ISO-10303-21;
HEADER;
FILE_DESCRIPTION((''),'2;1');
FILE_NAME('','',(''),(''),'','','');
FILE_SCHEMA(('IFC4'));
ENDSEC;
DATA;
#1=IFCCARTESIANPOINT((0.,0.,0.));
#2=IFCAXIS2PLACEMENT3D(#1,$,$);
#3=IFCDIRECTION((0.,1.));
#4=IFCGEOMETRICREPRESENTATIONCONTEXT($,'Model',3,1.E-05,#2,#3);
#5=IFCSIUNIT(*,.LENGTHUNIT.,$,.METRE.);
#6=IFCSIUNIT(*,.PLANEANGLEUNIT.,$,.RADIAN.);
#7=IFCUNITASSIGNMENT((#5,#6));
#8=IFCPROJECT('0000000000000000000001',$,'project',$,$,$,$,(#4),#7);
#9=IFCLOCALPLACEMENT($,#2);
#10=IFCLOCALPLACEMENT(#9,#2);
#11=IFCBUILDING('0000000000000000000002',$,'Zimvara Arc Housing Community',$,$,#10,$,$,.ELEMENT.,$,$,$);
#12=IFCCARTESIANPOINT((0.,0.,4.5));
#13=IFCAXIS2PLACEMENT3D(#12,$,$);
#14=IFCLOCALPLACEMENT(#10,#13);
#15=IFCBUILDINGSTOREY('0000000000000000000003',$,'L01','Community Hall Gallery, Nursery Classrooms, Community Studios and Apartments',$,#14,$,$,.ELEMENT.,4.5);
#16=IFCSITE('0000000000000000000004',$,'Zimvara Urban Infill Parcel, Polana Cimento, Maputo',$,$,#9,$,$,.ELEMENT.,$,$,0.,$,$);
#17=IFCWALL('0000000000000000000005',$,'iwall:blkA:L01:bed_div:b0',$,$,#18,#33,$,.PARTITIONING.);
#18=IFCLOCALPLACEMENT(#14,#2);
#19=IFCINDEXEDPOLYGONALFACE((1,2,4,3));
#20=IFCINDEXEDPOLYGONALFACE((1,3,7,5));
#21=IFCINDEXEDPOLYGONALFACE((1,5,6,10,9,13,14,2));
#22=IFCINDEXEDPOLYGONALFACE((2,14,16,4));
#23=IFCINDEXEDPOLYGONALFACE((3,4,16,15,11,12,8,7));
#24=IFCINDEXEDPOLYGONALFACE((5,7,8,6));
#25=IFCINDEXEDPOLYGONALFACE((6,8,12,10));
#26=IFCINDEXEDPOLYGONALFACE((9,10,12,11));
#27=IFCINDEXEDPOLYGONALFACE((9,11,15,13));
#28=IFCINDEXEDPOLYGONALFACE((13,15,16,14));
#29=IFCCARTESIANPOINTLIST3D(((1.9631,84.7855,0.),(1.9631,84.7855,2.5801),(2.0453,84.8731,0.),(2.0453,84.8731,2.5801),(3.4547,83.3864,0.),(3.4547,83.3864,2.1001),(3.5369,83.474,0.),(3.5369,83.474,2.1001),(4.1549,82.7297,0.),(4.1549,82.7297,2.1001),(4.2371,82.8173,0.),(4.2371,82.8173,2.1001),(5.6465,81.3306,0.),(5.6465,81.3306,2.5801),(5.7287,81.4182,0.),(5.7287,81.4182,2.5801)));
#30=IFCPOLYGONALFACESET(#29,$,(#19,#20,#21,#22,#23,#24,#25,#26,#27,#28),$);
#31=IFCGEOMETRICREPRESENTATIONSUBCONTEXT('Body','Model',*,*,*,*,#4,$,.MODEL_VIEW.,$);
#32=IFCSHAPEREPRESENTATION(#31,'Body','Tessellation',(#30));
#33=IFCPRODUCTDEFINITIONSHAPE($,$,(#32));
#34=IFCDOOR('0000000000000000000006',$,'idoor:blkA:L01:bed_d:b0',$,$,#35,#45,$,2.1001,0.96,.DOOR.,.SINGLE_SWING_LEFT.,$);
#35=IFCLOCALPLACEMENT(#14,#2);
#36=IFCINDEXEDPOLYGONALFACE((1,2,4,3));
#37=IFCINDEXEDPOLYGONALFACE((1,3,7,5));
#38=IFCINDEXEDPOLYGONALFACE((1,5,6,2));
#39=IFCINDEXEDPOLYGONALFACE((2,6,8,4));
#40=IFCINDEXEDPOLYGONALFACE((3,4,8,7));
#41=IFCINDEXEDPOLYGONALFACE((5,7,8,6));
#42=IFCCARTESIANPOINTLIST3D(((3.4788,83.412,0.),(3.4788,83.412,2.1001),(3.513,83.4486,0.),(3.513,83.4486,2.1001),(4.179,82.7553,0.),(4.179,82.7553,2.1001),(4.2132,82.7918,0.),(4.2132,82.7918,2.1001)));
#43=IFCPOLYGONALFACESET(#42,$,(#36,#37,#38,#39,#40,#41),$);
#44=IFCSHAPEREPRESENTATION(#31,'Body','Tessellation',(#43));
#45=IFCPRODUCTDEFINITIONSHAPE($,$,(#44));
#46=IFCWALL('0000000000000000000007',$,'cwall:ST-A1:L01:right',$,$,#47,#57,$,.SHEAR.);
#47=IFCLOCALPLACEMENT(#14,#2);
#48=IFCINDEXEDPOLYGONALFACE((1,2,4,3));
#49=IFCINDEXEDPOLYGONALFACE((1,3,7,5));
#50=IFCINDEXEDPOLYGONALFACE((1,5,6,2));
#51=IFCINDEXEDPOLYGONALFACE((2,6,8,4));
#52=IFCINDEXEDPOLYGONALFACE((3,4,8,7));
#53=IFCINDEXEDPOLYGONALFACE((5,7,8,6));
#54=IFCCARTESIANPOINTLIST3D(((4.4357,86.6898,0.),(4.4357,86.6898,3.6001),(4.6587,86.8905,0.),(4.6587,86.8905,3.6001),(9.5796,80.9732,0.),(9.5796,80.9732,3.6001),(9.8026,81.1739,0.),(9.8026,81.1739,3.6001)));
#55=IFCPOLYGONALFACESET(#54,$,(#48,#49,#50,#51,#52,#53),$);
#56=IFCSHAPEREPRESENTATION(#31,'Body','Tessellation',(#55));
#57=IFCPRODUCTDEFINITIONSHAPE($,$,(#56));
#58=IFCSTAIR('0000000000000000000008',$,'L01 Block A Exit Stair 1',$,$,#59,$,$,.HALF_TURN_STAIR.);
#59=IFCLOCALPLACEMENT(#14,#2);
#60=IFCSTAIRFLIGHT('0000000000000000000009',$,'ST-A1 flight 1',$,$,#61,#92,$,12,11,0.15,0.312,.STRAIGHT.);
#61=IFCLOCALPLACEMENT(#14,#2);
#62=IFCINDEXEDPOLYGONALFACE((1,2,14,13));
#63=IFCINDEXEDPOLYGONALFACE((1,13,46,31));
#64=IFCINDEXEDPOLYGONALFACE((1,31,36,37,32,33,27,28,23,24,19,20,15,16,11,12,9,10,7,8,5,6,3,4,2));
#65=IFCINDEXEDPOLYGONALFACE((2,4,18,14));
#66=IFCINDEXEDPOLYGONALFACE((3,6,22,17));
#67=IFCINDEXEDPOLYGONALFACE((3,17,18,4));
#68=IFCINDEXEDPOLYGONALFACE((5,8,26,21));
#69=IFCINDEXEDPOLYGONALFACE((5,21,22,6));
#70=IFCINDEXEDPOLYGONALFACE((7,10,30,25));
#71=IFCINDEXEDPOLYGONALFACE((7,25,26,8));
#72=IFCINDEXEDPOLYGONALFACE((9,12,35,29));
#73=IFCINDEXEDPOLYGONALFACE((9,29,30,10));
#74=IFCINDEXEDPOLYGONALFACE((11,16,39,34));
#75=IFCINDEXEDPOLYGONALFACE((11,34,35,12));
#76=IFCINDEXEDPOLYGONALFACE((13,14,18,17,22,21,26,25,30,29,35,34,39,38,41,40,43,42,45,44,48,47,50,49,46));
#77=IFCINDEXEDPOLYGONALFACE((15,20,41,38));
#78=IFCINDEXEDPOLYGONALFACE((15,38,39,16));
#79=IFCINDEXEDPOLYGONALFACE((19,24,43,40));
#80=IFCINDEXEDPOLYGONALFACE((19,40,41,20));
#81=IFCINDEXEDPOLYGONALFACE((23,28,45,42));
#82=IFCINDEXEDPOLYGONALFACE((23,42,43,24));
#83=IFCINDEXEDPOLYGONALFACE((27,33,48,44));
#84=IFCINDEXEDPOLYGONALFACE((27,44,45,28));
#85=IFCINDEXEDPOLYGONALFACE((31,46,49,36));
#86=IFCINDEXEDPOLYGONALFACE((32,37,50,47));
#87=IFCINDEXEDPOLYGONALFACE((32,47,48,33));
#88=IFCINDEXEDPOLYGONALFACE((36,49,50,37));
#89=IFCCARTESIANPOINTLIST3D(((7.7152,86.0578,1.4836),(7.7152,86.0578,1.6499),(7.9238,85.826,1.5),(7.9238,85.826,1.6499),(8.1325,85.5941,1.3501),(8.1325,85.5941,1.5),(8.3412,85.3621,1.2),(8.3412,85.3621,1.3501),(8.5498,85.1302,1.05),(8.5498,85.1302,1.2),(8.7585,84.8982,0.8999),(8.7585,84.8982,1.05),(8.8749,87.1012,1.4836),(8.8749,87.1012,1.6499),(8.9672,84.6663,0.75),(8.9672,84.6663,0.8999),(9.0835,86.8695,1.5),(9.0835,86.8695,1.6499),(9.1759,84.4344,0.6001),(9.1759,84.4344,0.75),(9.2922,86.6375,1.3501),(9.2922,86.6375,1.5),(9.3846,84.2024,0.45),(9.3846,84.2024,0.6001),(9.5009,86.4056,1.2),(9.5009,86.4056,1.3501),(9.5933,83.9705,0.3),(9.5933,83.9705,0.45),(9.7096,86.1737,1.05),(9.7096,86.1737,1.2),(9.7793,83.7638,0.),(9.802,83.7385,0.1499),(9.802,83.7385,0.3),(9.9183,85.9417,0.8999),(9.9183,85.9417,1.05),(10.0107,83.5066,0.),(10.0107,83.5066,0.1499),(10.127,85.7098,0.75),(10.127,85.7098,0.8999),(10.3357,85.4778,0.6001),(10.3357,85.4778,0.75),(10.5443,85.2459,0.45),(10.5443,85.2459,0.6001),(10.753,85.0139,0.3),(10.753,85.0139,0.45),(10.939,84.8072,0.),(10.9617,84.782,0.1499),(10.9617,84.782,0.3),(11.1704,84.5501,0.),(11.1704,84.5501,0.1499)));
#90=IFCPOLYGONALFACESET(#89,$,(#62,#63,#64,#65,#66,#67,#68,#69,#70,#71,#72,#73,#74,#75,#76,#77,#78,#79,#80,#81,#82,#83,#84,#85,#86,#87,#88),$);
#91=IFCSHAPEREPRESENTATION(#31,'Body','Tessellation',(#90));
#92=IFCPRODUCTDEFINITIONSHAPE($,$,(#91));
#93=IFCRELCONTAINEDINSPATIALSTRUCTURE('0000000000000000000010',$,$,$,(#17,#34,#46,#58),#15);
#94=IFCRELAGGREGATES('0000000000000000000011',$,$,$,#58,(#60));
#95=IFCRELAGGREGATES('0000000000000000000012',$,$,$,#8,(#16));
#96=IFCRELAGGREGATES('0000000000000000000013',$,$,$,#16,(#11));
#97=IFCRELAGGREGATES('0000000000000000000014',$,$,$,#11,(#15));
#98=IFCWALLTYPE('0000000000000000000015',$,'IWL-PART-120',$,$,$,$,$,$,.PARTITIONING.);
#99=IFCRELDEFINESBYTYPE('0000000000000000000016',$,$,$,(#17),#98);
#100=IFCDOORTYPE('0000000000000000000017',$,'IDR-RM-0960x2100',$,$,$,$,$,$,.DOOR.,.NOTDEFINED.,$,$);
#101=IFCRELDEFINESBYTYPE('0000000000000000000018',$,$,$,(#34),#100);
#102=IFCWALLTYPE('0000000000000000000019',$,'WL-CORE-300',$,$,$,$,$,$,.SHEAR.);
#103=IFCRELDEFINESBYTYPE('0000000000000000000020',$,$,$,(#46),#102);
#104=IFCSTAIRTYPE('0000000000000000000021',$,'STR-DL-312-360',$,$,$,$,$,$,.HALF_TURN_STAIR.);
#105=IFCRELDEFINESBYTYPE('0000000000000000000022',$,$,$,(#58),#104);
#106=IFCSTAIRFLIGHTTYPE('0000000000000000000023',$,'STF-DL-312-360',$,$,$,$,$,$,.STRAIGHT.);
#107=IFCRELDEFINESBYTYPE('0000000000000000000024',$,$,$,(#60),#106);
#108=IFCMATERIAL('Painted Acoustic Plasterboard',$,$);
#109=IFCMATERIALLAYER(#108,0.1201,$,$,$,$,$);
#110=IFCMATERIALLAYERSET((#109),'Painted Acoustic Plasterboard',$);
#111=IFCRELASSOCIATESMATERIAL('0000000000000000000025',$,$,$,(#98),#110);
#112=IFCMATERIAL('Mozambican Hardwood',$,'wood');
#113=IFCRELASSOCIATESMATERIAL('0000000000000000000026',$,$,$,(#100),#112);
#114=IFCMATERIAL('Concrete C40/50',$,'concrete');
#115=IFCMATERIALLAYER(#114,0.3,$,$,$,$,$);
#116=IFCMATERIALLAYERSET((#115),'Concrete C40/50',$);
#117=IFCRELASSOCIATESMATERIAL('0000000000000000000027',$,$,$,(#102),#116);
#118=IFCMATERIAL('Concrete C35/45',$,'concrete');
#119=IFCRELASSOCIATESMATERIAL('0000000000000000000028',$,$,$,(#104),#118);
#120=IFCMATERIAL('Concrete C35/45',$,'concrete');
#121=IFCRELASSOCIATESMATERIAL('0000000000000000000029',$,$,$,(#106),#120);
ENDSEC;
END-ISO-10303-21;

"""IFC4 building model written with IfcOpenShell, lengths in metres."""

from ifc_helpers import new_model, si_unit, direction, frame, frame_2d, origin, place, context, subcontext, project, spatial, polyline, rectangle, outline, extrude, material, layer, layer_set, type_object, element, fill, aggregate, save


model = new_model("IFC4")

# Units and contexts
model_context = context("Model", 3, precision=1e-05, world=origin(), true_north=direction((0.0, 1.0)))
body_context = subcontext(model_context, "Body", "Model", "MODEL_VIEW")
ifc_project = project(units=[si_unit("LENGTHUNIT", "METRE"), si_unit("PLANEANGLEUNIT", "RADIAN")], contexts=[model_context])

# Site, building, storey
site_placement = place(None, origin())
site = spatial("IfcSite", under=ifc_project, at=site_placement, Name="Zimvara Urban Infill Parcel, Polana Cimento, Maputo", CompositionType="ELEMENT", RefElevation=0.0)
building_placement = place(site_placement, origin())
building = spatial("IfcBuilding", under=site, at=building_placement, Name="Zimvara Arc Housing Community", CompositionType="ELEMENT")
storey_placement = place(building_placement, frame((0.0, 0.0, 4.5)))
storey = spatial("IfcBuildingStorey", under=building, at=storey_placement, Name="L01", Description="Community Hall Gallery, Nursery Classrooms, Community Studios and Apartments", CompositionType="ELEMENT", Elevation=4.5)

# Wall, opening, door
ifc_material_1 = material(Name="Painted Acoustic Plasterboard")
ifc_layer_1 = layer(ifc_material_1, 0.1201)
ifc_layer_set_1 = layer_set([ifc_layer_1], Name="Painted Acoustic Plasterboard")
wall_type_1 = type_object("IfcWallType", Name="IWL-PART-120", PredefinedType="PARTITIONING", material=ifc_layer_set_1)
wall_1_placement = place(storey_placement, frame((5.6875, 81.3745, 0.0), z_axis=(0.0, 0.0, 1.0), x_axis=(-0.72937, 0.68412, 0.0)))
wall_1 = element("IfcWall", 1, at=wall_1_placement, inside=storey, type_object=wall_type_1, Name="iwall:blkA:L01:bed_div:b0", PredefinedType="PARTITIONING", context=body_context, shape_type="SweptSolid", body=[
    extrude(rectangle(XDim=5.05, YDim=0.1201, at=frame_2d((2.5249, 0.0))), origin(), (0.0, 0.0, 1.0), 2.5801),
])
opening_placement = place(wall_1_placement, frame((2.0449, 0.0, 0.0)))
opening = element("IfcOpeningElement", 2, at=opening_placement, cuts=wall_1, PredefinedType="OPENING", context=body_context, shape_type="SweptSolid", body=[
    extrude(rectangle(XDim=0.96, YDim=2.1001, at=frame_2d((0.48, 1.05))), frame((0.0, 0.0701, 0.0), z_axis=(0.0, -1.0, 0.0), x_axis=(1.0, 0.0, 0.0)), (0.0, 0.0, 1.0), 0.1401),
])
ifc_material_2 = material(Name="Mozambican Hardwood", Category="wood")
door_type = type_object("IfcDoorType", Name="IDR-RM-0960x2100", OperationType="NOTDEFINED", PredefinedType="DOOR", material=ifc_material_2)
door_placement = place(opening_placement, origin())
door = element("IfcDoor", 3, at=door_placement, inside=storey, type_object=door_type, Name="idoor:blkA:L01:bed_d:b0", OperationType="SINGLE_SWING_LEFT", OverallHeight=2.1001, OverallWidth=0.96, PredefinedType="DOOR", context=body_context, shape_type="SweptSolid", body=[
    extrude(rectangle(XDim=0.96, YDim=2.1001, at=frame_2d((0.48, 1.05))), frame((0.0, 0.0249, 0.0), z_axis=(0.0, -1.0, 0.0), x_axis=(1.0, 0.0, 0.0)), (0.0, 0.0, 1.0), 0.05),
])
fill(opening, door)

# Wall
ifc_material_3 = material(Name="Concrete C40/50", Category="concrete")
ifc_layer_2 = layer(ifc_material_3, 0.3)
ifc_layer_set_2 = layer_set([ifc_layer_2], Name="Concrete C40/50")
wall_type_2 = type_object("IfcWallType", Name="WL-CORE-300", PredefinedType="SHEAR", material=ifc_layer_set_2)
wall_2_placement = place(storey_placement, frame((9.6912, 81.0735, 0.0), z_axis=(0.0, 0.0, 1.0), x_axis=(-0.668886, 0.743365, 0.0)))
element("IfcWall", 4, at=wall_2_placement, inside=storey, type_object=wall_type_2, Name="cwall:ST-A1:L01:right", PredefinedType="SHEAR", context=body_context, shape_type="SweptSolid", body=[
    extrude(rectangle(XDim=7.6902, YDim=0.3, at=frame_2d((3.8452, 0.0))), origin(), (0.0, 0.0, 1.0), 3.6001),
])

# Stair, stair flight
ifc_material_4 = material(Name="Concrete C35/45", Category="concrete")
stair_type = type_object("IfcStairType", Name="STR-DL-312-360", PredefinedType="HALF_TURN_STAIR", material=ifc_material_4)
stair_placement = place(storey_placement, origin())
stair = element("IfcStair", 5, at=stair_placement, inside=storey, type_object=stair_type, Name="L01 Block A Exit Stair 1", PredefinedType="HALF_TURN_STAIR")
ifc_material_5 = material(Name="Concrete C35/45", Category="concrete")
stair_flight_type = type_object("IfcStairFlightType", Name="STF-DL-312-360", PredefinedType="STRAIGHT", material=ifc_material_5)
stair_flight_placement = place(storey_placement, frame((10.5906, 84.0283, 0.0), z_axis=(0.0, 0.0, 1.0), x_axis=(-0.668871, 0.743378, 0.0)))
stair_flight = element("IfcStairFlight", 6, at=stair_flight_placement, type_object=stair_flight_type, Name="ST-A1 flight 1", NumberOfRisers=12, NumberOfTreads=11, PredefinedType="STRAIGHT", RiserHeight=0.15, TreadLength=0.312, context=body_context, shape_type="SweptSolid", body=[
    extrude(outline(polyline([(0.0, 0.0), (0.0, 0.1499), (0.312, 0.1499), (0.312, 0.3), (0.624, 0.3), (0.624, 0.45), (0.936, 0.45), (0.936, 0.6001), (1.248, 0.6001), (1.248, 0.75), (1.5601, 0.75), (1.5601, 0.8999), (1.8721, 0.8999), (1.8721, 1.05), (2.1841, 1.05), (2.1841, 1.2), (2.4961, 1.2), (2.4961, 1.3501), (2.8081, 1.3501), (2.8081, 1.5), (3.1201, 1.5), (3.1201, 1.6499), (3.4319, 1.6499), (3.4319, 1.8), (3.4319, 1.4836), (0.3459, 0.0), (0.0, 0.0)])), frame((0.0, 0.78, 0.0), z_axis=(0.0, -1.0, 0.0), x_axis=(1.0, 0.0, 0.0)), (0.0, 0.0, 1.0), 1.5601),
])
aggregate(stair, [stair_flight])

save(model, "model.ifc")
